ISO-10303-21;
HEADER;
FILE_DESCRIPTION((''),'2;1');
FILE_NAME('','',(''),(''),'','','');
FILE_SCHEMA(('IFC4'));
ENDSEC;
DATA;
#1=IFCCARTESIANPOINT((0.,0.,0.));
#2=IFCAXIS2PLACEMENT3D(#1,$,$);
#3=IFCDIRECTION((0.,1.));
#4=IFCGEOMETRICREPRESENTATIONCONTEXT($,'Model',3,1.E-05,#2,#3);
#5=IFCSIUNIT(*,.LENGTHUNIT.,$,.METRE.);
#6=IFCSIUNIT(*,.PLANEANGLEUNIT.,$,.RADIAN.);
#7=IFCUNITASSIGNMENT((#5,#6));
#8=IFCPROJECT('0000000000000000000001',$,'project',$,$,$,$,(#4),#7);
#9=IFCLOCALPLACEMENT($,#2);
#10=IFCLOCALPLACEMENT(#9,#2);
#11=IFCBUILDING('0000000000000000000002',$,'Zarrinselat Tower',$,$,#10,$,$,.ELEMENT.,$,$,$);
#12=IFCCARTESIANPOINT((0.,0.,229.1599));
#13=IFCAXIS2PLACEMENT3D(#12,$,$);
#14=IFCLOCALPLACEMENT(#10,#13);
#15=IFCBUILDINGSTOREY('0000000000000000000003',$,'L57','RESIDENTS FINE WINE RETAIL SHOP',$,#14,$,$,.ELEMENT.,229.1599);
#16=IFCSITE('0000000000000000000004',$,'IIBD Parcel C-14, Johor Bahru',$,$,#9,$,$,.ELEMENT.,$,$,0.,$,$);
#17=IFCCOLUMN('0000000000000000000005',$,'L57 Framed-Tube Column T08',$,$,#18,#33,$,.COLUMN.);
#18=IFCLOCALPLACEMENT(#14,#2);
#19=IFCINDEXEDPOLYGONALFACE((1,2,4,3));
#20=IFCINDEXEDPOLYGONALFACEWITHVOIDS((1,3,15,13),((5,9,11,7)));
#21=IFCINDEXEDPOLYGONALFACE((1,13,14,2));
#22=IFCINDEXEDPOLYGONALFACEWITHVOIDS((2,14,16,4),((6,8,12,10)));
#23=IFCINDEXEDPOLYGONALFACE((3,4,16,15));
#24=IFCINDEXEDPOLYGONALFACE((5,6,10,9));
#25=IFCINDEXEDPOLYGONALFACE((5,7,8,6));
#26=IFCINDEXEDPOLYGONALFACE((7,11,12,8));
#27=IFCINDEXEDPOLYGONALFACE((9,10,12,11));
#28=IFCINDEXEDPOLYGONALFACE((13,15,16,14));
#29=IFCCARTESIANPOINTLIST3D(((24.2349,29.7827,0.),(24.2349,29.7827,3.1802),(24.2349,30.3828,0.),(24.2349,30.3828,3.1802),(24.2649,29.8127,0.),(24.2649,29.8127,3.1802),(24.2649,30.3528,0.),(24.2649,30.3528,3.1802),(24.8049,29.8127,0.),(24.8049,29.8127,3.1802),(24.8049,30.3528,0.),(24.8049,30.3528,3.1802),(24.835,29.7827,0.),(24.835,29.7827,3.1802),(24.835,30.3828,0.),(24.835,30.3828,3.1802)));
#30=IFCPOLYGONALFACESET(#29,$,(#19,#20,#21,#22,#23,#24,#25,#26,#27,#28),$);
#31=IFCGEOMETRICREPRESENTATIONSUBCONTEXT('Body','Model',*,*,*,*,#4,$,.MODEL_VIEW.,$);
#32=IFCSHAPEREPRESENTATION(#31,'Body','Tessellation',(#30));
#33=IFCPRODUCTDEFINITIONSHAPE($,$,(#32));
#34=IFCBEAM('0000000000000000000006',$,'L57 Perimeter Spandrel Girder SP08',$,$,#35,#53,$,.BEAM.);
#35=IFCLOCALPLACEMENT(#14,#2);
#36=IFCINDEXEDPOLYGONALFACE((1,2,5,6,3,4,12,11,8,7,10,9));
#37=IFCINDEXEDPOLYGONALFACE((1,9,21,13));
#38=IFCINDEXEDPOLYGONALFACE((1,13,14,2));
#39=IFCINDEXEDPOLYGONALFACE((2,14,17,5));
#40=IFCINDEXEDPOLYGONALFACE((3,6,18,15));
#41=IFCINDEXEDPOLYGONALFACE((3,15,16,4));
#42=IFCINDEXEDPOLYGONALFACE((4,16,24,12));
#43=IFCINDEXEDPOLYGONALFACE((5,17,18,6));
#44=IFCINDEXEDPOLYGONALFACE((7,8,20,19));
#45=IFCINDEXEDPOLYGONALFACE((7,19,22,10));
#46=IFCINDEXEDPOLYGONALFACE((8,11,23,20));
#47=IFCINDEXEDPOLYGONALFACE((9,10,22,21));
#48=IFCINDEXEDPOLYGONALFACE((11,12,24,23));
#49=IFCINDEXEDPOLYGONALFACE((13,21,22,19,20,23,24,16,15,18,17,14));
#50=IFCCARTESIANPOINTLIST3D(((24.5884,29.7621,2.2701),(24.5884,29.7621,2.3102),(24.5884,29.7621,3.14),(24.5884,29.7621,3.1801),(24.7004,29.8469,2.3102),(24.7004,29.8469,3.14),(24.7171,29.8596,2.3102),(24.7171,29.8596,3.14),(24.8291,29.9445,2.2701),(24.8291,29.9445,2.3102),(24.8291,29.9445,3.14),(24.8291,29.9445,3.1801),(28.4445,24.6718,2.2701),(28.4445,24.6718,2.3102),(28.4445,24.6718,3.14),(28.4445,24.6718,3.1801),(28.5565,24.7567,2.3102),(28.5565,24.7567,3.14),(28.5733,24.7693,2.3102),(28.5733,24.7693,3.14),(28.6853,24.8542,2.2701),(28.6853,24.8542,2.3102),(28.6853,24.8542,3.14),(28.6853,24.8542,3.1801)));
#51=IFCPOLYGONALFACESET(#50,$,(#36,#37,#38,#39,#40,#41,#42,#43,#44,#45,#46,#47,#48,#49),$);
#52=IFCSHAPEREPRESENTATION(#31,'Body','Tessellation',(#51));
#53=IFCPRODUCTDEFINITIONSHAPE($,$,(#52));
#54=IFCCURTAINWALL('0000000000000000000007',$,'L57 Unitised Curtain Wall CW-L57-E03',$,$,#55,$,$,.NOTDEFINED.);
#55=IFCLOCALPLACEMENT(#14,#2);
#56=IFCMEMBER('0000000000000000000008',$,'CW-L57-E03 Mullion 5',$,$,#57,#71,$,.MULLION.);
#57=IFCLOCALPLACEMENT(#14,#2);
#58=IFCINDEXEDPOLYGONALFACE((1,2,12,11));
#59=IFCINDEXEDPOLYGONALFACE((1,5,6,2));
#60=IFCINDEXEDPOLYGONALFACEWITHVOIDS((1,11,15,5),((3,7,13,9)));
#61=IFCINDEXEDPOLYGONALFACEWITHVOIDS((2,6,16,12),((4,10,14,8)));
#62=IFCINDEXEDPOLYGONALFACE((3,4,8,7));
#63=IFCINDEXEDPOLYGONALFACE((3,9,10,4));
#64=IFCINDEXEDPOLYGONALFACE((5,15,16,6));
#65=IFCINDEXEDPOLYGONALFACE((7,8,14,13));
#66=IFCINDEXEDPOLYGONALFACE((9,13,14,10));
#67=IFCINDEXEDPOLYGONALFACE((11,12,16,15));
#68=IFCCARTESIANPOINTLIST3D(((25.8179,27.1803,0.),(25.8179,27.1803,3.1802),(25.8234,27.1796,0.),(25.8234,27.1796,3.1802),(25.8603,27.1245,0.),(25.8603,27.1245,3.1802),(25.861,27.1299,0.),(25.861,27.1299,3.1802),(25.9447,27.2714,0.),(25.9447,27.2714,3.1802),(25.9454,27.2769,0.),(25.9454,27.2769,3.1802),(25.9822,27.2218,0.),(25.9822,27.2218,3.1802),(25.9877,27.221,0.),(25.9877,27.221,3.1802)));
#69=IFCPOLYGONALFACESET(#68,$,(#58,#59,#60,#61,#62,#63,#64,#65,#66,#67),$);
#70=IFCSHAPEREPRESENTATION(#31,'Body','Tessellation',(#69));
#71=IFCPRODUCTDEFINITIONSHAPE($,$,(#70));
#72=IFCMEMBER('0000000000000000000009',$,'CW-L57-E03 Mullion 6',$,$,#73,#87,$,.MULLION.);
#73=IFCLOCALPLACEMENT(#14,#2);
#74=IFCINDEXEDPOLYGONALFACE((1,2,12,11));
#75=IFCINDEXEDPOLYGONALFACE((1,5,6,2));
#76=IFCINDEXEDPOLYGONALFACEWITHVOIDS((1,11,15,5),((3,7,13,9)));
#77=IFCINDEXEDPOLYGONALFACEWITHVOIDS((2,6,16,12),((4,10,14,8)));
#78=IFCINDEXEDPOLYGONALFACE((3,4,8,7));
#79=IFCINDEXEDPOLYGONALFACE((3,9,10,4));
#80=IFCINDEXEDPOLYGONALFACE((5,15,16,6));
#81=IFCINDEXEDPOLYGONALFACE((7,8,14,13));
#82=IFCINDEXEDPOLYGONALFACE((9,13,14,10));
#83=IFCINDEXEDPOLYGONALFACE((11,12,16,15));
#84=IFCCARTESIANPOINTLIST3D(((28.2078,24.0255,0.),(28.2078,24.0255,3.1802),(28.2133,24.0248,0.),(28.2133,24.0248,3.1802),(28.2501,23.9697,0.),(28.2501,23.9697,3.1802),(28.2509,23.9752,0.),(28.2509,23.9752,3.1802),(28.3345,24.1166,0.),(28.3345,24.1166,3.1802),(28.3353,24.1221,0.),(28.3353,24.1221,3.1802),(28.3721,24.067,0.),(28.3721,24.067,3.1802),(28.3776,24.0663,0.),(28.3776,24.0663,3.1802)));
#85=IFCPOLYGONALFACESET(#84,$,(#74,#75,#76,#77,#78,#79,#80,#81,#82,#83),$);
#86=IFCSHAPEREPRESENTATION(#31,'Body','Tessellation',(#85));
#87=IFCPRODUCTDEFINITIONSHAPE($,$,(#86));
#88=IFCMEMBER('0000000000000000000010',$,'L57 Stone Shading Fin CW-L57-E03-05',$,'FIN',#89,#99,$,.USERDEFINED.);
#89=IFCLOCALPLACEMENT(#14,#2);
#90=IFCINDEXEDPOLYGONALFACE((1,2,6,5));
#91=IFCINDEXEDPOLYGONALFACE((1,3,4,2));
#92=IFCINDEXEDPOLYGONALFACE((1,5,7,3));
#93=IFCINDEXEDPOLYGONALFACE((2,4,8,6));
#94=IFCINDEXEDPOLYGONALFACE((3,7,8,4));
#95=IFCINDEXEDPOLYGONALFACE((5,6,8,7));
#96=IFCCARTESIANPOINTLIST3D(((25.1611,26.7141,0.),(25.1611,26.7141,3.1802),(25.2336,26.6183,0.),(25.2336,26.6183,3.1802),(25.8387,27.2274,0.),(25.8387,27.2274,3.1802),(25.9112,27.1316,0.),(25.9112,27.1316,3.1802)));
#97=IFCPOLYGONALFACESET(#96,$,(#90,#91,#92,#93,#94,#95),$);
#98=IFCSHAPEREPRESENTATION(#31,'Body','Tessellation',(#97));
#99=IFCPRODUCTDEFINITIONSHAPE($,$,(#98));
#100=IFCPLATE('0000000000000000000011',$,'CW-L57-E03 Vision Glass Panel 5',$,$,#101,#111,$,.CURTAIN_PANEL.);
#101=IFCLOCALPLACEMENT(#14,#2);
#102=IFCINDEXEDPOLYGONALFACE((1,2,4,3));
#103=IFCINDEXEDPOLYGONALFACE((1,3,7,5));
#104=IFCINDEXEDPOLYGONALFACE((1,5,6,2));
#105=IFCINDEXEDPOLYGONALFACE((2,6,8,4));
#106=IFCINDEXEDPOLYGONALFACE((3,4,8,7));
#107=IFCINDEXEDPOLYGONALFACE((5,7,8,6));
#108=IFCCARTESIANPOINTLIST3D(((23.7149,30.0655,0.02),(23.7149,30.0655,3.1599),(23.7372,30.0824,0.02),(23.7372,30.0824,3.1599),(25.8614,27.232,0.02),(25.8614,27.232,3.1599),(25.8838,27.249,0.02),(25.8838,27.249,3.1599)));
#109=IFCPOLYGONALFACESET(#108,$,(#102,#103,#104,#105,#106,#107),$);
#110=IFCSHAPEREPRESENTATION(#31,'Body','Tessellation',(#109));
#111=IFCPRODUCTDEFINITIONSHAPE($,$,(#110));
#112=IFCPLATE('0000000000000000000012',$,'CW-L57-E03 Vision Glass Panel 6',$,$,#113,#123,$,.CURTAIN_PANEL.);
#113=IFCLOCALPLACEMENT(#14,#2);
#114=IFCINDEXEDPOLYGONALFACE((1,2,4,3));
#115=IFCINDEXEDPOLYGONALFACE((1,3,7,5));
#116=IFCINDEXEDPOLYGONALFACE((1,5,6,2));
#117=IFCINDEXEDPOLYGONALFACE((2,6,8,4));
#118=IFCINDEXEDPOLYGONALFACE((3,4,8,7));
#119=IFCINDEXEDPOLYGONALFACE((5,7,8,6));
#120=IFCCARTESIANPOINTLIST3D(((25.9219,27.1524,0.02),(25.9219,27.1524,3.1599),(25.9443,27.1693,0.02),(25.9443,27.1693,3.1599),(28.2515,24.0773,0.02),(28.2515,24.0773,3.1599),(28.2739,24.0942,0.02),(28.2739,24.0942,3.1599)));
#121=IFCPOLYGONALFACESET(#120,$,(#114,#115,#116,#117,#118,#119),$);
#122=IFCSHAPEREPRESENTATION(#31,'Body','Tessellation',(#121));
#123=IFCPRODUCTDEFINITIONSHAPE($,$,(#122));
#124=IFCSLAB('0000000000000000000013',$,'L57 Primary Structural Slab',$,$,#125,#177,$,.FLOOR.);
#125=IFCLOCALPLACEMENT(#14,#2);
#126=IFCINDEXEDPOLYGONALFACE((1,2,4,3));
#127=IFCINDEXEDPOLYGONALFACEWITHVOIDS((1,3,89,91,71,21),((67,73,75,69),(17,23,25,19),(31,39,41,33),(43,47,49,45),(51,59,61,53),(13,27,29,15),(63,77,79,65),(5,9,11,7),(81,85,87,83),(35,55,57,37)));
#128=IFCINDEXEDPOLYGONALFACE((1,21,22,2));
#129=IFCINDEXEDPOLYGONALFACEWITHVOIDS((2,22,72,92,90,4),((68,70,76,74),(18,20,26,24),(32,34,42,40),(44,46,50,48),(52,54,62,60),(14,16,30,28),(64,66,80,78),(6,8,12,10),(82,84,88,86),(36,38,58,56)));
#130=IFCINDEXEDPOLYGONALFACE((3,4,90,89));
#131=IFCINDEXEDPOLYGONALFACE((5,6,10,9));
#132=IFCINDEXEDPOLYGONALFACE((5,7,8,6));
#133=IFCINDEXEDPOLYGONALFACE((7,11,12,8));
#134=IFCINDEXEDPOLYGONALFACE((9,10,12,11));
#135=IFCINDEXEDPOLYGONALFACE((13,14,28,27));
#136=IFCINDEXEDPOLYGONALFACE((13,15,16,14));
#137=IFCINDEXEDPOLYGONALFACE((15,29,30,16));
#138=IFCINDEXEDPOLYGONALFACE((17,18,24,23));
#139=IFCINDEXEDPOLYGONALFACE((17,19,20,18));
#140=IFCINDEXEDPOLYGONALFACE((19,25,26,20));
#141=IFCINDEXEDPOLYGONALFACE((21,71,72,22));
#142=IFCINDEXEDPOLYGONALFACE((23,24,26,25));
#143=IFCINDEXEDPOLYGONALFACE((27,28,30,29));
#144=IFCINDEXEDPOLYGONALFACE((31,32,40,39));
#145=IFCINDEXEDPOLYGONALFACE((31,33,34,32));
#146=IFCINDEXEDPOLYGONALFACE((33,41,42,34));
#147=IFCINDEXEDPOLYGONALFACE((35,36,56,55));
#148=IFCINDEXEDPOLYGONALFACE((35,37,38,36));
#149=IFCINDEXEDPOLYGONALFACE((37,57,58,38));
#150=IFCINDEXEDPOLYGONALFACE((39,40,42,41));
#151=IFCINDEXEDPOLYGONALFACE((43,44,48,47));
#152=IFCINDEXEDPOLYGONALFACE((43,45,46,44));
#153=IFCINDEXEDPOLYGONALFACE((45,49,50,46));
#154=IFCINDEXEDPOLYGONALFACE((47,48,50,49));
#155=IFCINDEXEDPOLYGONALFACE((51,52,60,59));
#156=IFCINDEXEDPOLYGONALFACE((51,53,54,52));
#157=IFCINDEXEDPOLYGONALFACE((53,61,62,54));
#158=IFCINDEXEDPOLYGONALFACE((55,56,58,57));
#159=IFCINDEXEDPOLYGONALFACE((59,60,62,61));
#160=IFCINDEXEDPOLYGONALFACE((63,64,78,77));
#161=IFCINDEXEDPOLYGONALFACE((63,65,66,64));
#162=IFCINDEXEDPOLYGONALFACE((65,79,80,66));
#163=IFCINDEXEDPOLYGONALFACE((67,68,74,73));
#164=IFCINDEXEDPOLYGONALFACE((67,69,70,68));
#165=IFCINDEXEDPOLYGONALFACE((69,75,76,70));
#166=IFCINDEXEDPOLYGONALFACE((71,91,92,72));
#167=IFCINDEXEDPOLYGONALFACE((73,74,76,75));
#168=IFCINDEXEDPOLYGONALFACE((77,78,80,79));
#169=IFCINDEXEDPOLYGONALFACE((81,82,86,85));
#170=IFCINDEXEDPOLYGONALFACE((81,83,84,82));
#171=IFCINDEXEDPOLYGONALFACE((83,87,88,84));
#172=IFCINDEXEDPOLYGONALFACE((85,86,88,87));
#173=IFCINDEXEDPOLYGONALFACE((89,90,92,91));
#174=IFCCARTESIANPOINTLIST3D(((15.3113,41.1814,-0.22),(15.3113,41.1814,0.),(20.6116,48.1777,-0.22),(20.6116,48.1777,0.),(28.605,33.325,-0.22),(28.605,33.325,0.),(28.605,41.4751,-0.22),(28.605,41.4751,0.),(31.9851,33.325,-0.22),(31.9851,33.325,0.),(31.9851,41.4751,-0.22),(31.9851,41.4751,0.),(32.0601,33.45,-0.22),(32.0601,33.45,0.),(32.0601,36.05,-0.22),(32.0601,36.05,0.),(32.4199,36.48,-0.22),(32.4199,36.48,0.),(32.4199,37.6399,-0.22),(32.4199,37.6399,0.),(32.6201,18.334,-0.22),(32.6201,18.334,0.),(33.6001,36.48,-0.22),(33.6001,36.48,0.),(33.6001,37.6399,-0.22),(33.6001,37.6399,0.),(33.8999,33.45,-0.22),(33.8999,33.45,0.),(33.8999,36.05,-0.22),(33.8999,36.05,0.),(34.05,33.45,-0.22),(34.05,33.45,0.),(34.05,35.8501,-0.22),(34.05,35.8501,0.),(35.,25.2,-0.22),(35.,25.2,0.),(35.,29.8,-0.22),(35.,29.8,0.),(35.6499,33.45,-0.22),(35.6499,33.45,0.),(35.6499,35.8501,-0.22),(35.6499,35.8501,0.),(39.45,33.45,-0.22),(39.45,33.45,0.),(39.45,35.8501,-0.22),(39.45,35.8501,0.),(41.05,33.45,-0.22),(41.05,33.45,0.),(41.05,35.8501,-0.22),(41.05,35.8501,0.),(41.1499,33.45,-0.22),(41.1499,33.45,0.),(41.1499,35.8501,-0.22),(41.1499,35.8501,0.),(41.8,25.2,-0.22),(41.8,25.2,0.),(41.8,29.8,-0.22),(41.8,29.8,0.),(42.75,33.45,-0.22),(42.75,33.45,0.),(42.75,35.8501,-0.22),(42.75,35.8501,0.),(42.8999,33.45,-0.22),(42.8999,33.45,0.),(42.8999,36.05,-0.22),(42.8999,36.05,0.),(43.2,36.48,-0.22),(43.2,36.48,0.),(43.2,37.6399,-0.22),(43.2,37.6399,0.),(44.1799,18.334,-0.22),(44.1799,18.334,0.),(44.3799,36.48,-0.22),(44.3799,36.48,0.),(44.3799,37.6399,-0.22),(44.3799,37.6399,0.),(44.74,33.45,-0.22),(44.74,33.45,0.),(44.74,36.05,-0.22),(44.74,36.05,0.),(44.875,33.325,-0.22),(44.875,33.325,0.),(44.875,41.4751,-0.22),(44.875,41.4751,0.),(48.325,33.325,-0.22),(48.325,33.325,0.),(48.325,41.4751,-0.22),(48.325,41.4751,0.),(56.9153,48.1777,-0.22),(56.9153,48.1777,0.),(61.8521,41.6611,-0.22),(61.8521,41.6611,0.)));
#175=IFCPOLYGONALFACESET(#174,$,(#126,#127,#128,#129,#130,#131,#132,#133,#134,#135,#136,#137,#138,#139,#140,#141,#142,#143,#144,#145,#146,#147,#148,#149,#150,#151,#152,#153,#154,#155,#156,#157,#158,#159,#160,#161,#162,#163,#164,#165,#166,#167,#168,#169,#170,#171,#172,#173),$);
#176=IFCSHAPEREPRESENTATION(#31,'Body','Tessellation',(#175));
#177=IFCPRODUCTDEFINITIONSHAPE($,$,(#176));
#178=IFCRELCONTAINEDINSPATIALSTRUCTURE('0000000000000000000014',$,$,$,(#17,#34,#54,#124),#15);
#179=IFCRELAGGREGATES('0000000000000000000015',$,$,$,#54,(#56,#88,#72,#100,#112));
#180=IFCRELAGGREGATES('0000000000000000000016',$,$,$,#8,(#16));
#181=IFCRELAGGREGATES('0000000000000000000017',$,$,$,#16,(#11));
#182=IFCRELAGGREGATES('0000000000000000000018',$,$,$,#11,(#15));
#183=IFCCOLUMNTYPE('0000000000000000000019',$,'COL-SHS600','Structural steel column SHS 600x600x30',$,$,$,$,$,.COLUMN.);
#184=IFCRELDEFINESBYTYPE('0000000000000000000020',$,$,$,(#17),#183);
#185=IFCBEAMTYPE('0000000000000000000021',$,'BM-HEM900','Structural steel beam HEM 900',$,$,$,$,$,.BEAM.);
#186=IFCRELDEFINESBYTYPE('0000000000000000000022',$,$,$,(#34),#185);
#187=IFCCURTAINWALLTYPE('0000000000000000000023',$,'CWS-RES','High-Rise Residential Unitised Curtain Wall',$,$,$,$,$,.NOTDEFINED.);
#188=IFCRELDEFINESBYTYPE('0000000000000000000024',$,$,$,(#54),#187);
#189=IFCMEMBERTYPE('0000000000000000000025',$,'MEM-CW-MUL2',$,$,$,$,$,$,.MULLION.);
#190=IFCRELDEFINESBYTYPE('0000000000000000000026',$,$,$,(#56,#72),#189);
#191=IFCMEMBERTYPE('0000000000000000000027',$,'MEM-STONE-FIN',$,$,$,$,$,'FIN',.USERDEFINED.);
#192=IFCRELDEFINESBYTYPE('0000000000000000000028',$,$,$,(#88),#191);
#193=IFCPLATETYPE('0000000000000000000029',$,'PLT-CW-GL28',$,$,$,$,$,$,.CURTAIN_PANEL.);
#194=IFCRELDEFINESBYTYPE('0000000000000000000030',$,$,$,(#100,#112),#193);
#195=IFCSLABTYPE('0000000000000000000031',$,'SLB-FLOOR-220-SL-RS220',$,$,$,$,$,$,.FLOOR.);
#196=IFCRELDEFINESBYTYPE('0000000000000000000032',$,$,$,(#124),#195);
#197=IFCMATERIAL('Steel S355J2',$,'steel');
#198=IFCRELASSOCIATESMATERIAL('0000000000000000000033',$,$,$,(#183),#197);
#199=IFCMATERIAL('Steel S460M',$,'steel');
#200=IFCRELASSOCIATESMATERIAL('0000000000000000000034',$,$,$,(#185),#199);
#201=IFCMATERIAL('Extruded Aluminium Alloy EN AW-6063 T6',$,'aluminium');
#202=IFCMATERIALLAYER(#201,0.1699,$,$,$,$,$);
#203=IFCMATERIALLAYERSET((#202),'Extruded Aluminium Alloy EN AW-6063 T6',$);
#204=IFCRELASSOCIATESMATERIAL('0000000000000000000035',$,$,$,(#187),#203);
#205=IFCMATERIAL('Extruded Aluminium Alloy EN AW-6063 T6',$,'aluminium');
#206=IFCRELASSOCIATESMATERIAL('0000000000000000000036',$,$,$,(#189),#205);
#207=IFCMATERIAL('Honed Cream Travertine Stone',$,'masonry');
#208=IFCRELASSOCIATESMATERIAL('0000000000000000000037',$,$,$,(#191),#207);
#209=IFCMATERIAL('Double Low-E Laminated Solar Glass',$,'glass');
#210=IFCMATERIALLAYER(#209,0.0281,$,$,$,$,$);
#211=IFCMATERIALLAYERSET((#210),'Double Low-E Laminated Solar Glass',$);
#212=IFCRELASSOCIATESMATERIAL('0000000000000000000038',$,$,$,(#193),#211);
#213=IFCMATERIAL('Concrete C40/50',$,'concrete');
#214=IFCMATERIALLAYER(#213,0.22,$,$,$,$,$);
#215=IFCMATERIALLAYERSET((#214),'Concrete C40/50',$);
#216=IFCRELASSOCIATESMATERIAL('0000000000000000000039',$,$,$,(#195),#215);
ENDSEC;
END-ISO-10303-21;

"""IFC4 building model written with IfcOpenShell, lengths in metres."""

from ifc_helpers import new_model, si_unit, direction, frame, origin, origin_2d, place, context, subcontext, project, spatial, polyline, rectangle, hollow_rectangle, i_section, outline, extrude, material, layer, layer_set, material_profile, profile_set, type_object, element, aggregate, save


model = new_model("IFC4")

# Units and contexts
model_context = context("Model", 3, precision=1e-05, world=origin(), true_north=direction((0.0, 1.0)))
body_context = subcontext(model_context, "Body", "Model", "MODEL_VIEW")
ifc_project = project(units=[si_unit("LENGTHUNIT", "METRE"), si_unit("PLANEANGLEUNIT", "RADIAN")], contexts=[model_context])

# Site, building, storey
site_placement = place(None, origin())
site = spatial("IfcSite", under=ifc_project, at=site_placement, Name="IIBD Parcel C-14, Johor Bahru", CompositionType="ELEMENT", RefElevation=0.0)
building_placement = place(site_placement, origin())
building = spatial("IfcBuilding", under=site, at=building_placement, Name="Zarrinselat Tower", CompositionType="ELEMENT")
storey_placement = place(building_placement, frame((0.0, 0.0, 229.1599)))
storey = spatial("IfcBuildingStorey", under=building, at=storey_placement, Name="L57", Description="RESIDENTS FINE WINE RETAIL SHOP", CompositionType="ELEMENT", Elevation=229.1599)

# Column
ifc_material_1 = material(Name="Steel S355J2", Category="steel")
ifc_material_profile_1 = material_profile(ifc_material_1, hollow_rectangle(XDim=0.6001, YDim=0.6001, WallThickness=0.03, at=origin_2d()), Name="SHS 600x600x30")
ifc_profile_set_1 = profile_set([ifc_material_profile_1], Name="Steel S355J2")
column_type = type_object("IfcColumnType", Name="COL-SHS600", Description="Structural steel column SHS 600x600x30", PredefinedType="COLUMN", material=ifc_profile_set_1)
column_placement = place(storey_placement, frame((24.5349, 30.0828, 0.0), z_axis=(0.0, 0.0, 1.0), x_axis=(1.0, 0.0, 0.0)))
element("IfcColumn", 1, at=column_placement, inside=storey, type_object=column_type, Name="L57 Framed-Tube Column T08", PredefinedType="COLUMN", context=body_context, shape_type="SweptSolid", body=[
    extrude(hollow_rectangle(XDim=0.6001, YDim=0.6001, WallThickness=0.03, at=origin_2d()), origin(), (0.0, 0.0, 1.0), 3.1802),
])

# Beam
ifc_material_2 = material(Name="Steel S460M", Category="steel")
ifc_material_profile_2 = material_profile(ifc_material_2, i_section(OverallWidth=0.302, OverallDepth=0.9099, WebThickness=0.021, FlangeThickness=0.04, at=origin_2d()), Name="HEM 900")
ifc_profile_set_2 = profile_set([ifc_material_profile_2], Name="Steel S460M")
beam_type = type_object("IfcBeamType", Name="BM-HEM900", Description="Structural steel beam HEM 900", PredefinedType="BEAM", material=ifc_profile_set_2)
beam_placement = place(storey_placement, frame((24.7087, 29.8533, 2.7251), z_axis=(0.603847, -0.797101, 0.0), x_axis=(0.797101, 0.603847, 0.0)))
element("IfcBeam", 2, at=beam_placement, inside=storey, type_object=beam_type, Name="L57 Perimeter Spandrel Girder SP08", PredefinedType="BEAM", context=body_context, shape_type="SweptSolid", body=[
    extrude(i_section(OverallWidth=0.302, OverallDepth=0.9099, WebThickness=0.021, FlangeThickness=0.04, at=origin_2d()), origin(), (0.0, 0.0, 1.0), 6.386),
])

# Curtain wall, members, plates
ifc_material_3 = material(Name="Extruded Aluminium Alloy EN AW-6063 T6", Category="aluminium")
ifc_layer_1 = layer(ifc_material_3, 0.1699)
ifc_layer_set_1 = layer_set([ifc_layer_1], Name="Extruded Aluminium Alloy EN AW-6063 T6")
curtain_wall_type = type_object("IfcCurtainWallType", Name="CWS-RES", Description="High-Rise Residential Unitised Curtain Wall", PredefinedType="NOTDEFINED", material=ifc_layer_set_1)
curtain_wall_placement = place(storey_placement, origin())
curtain_wall = element("IfcCurtainWall", 3, at=curtain_wall_placement, inside=storey, type_object=curtain_wall_type, Name="L57 Unitised Curtain Wall CW-L57-E03", PredefinedType="NOTDEFINED")
ifc_material_4 = material(Name="Extruded Aluminium Alloy EN AW-6063 T6", Category="aluminium")
ifc_material_profile_3 = material_profile(ifc_material_4, hollow_rectangle(XDim=0.0701, YDim=0.1599, WallThickness=0.0039, at=origin_2d()), Name="RHS 160x70x4")
ifc_profile_set_3 = profile_set([ifc_material_profile_3], Name="Extruded Aluminium Alloy EN AW-6063 T6")
member_type_1 = type_object("IfcMemberType", Name="MEM-CW-MUL2", PredefinedType="MULLION", material=ifc_profile_set_3)
member_1_placement = place(storey_placement, frame((25.9028, 27.2007, 0.0), z_axis=(0.0, 0.0, 1.0), x_axis=(0.603857, -0.797092, 0.0)))
member_1 = element("IfcMember", 4, at=member_1_placement, type_object=member_type_1, Name="CW-L57-E03 Mullion 5", PredefinedType="MULLION", context=body_context, shape_type="SweptSolid", body=[
    extrude(hollow_rectangle(XDim=0.0701, YDim=0.1599, WallThickness=0.0039, at=origin_2d()), origin(), (0.0, 0.0, 1.0), 3.1802),
])
member_2_placement = place(storey_placement, frame((28.2927, 24.0459, 0.0), z_axis=(0.0, 0.0, 1.0), x_axis=(0.603857, -0.797092, 0.0)))
member_2 = element("IfcMember", 5, at=member_2_placement, type_object=member_type_1, Name="CW-L57-E03 Mullion 6", PredefinedType="MULLION", context=body_context, shape_type="SweptSolid", body=[
    extrude(hollow_rectangle(XDim=0.0701, YDim=0.1599, WallThickness=0.0039, at=origin_2d()), origin(), (0.0, 0.0, 1.0), 3.1802),
])
ifc_material_5 = material(Name="Honed Cream Travertine Stone", Category="masonry")
ifc_material_profile_4 = material_profile(ifc_material_5, rectangle(XDim=0.1201, YDim=0.8501, at=origin_2d()), Name="FIN 850x120")
ifc_profile_set_4 = profile_set([ifc_material_profile_4], Name="Honed Cream Travertine Stone")
member_type_2 = type_object("IfcMemberType", Name="MEM-STONE-FIN", ElementType="FIN", PredefinedType="USERDEFINED", material=ifc_profile_set_4)
member_3_placement = place(storey_placement, frame((25.5361, 26.9229, 0.0), z_axis=(0.0, 0.0, 1.0), x_axis=(-0.603857, 0.797092, 0.0)))
member_3 = element("IfcMember", 6, at=member_3_placement, type_object=member_type_2, Name="L57 Stone Shading Fin CW-L57-E03-05", ObjectType="FIN", PredefinedType="USERDEFINED", context=body_context, shape_type="SweptSolid", body=[
    extrude(rectangle(XDim=0.1201, YDim=0.8501, at=origin_2d()), origin(), (0.0, 0.0, 1.0), 3.1802),
])
ifc_material_6 = material(Name="Double Low-E Laminated Solar Glass", Category="glass")
ifc_layer_2 = layer(ifc_material_6, 0.0281)
ifc_layer_set_2 = layer_set([ifc_layer_2], Name="Double Low-E Laminated Solar Glass")
plate_type = type_object("IfcPlateType", Name="PLT-CW-GL28", PredefinedType="CURTAIN_PANEL", material=ifc_layer_set_2)
plate_1_placement = place(storey_placement, frame((24.7993, 28.6572, 0.02), z_axis=(0.0, 0.0, 1.0), x_axis=(0.603857, -0.797092, 0.0)))
plate_1 = element("IfcPlate", 7, at=plate_1_placement, type_object=plate_type, Name="CW-L57-E03 Vision Glass Panel 5", PredefinedType="CURTAIN_PANEL", context=body_context, shape_type="SweptSolid", body=[
    extrude(rectangle(XDim=3.5547, YDim=0.0281, at=origin_2d()), origin(), (0.0, 0.0, 1.0), 3.1399),
])
plate_2_placement = place(storey_placement, frame((27.0979, 25.6233, 0.02), z_axis=(0.0, 0.0, 1.0), x_axis=(0.603857, -0.797092, 0.0)))
plate_2 = element("IfcPlate", 8, at=plate_2_placement, type_object=plate_type, Name="CW-L57-E03 Vision Glass Panel 6", PredefinedType="CURTAIN_PANEL", context=body_context, shape_type="SweptSolid", body=[
    extrude(rectangle(XDim=3.8579, YDim=0.0281, at=origin_2d()), origin(), (0.0, 0.0, 1.0), 3.1399),
])
aggregate(curtain_wall, [member_1, member_3, member_2, plate_1, plate_2])

# Slab
ifc_material_7 = material(Name="Concrete C40/50", Category="concrete")
ifc_layer_3 = layer(ifc_material_7, 0.22)
ifc_layer_set_3 = layer_set([ifc_layer_3], Name="Concrete C40/50")
slab_type_1 = type_object("IfcSlabType", Name="SLB-FLOOR-220-SL-RS220", PredefinedType="FLOOR", material=ifc_layer_set_3)
slab_1_placement = place(storey_placement, frame((0.0, 0.0, -0.22)))
element("IfcSlab", 9, at=slab_1_placement, inside=storey, type_object=slab_type_1, Name="L57 Primary Structural Slab", PredefinedType="FLOOR", context=body_context, shape_type="SweptSolid", body=[
    extrude(outline(polyline([(56.9153, 48.1777), (20.6116, 48.1777), (15.3113, 41.1814), (32.6201, 18.334), (44.1799, 18.334), (61.8521, 41.6611), (56.9153, 48.1777)]), holes=[polyline([(41.8, 25.2), (35.0, 25.2), (35.0, 29.8), (41.8, 29.8), (41.8, 25.2)]), polyline([(35.6499, 33.45), (34.05, 33.45), (34.05, 35.8501), (35.6499, 35.8501), (35.6499, 33.45)]), polyline([(41.05, 33.45), (39.45, 33.45), (39.45, 35.8501), (41.05, 35.8501), (41.05, 33.45)]), polyline([(41.1499, 33.45), (41.1499, 35.8501), (42.75, 35.8501), (42.75, 33.45), (41.1499, 33.45)]), polyline([(32.0601, 33.45), (32.0601, 36.05), (33.8999, 36.05), (33.8999, 33.45), (32.0601, 33.45)]), polyline([(44.74, 33.45), (42.8999, 33.45), (42.8999, 36.05), (44.74, 36.05), (44.74, 33.45)]), polyline([(33.6001, 36.48), (32.4199, 36.48), (32.4199, 37.6399), (33.6001, 37.6399), (33.6001, 36.48)]), polyline([(44.3799, 36.48), (43.2, 36.48), (43.2, 37.6399), (44.3799, 37.6399), (44.3799, 36.48)]), polyline([(31.9851, 33.325), (28.605, 33.325), (28.605, 41.4751), (31.9851, 41.4751), (31.9851, 33.325)]), polyline([(48.325, 33.325), (44.875, 33.325), (44.875, 41.4751), (48.325, 41.4751), (48.325, 33.325)])]), origin(), (0.0, 0.0, 1.0), 0.22),
])

save(model, "model.ifc")
